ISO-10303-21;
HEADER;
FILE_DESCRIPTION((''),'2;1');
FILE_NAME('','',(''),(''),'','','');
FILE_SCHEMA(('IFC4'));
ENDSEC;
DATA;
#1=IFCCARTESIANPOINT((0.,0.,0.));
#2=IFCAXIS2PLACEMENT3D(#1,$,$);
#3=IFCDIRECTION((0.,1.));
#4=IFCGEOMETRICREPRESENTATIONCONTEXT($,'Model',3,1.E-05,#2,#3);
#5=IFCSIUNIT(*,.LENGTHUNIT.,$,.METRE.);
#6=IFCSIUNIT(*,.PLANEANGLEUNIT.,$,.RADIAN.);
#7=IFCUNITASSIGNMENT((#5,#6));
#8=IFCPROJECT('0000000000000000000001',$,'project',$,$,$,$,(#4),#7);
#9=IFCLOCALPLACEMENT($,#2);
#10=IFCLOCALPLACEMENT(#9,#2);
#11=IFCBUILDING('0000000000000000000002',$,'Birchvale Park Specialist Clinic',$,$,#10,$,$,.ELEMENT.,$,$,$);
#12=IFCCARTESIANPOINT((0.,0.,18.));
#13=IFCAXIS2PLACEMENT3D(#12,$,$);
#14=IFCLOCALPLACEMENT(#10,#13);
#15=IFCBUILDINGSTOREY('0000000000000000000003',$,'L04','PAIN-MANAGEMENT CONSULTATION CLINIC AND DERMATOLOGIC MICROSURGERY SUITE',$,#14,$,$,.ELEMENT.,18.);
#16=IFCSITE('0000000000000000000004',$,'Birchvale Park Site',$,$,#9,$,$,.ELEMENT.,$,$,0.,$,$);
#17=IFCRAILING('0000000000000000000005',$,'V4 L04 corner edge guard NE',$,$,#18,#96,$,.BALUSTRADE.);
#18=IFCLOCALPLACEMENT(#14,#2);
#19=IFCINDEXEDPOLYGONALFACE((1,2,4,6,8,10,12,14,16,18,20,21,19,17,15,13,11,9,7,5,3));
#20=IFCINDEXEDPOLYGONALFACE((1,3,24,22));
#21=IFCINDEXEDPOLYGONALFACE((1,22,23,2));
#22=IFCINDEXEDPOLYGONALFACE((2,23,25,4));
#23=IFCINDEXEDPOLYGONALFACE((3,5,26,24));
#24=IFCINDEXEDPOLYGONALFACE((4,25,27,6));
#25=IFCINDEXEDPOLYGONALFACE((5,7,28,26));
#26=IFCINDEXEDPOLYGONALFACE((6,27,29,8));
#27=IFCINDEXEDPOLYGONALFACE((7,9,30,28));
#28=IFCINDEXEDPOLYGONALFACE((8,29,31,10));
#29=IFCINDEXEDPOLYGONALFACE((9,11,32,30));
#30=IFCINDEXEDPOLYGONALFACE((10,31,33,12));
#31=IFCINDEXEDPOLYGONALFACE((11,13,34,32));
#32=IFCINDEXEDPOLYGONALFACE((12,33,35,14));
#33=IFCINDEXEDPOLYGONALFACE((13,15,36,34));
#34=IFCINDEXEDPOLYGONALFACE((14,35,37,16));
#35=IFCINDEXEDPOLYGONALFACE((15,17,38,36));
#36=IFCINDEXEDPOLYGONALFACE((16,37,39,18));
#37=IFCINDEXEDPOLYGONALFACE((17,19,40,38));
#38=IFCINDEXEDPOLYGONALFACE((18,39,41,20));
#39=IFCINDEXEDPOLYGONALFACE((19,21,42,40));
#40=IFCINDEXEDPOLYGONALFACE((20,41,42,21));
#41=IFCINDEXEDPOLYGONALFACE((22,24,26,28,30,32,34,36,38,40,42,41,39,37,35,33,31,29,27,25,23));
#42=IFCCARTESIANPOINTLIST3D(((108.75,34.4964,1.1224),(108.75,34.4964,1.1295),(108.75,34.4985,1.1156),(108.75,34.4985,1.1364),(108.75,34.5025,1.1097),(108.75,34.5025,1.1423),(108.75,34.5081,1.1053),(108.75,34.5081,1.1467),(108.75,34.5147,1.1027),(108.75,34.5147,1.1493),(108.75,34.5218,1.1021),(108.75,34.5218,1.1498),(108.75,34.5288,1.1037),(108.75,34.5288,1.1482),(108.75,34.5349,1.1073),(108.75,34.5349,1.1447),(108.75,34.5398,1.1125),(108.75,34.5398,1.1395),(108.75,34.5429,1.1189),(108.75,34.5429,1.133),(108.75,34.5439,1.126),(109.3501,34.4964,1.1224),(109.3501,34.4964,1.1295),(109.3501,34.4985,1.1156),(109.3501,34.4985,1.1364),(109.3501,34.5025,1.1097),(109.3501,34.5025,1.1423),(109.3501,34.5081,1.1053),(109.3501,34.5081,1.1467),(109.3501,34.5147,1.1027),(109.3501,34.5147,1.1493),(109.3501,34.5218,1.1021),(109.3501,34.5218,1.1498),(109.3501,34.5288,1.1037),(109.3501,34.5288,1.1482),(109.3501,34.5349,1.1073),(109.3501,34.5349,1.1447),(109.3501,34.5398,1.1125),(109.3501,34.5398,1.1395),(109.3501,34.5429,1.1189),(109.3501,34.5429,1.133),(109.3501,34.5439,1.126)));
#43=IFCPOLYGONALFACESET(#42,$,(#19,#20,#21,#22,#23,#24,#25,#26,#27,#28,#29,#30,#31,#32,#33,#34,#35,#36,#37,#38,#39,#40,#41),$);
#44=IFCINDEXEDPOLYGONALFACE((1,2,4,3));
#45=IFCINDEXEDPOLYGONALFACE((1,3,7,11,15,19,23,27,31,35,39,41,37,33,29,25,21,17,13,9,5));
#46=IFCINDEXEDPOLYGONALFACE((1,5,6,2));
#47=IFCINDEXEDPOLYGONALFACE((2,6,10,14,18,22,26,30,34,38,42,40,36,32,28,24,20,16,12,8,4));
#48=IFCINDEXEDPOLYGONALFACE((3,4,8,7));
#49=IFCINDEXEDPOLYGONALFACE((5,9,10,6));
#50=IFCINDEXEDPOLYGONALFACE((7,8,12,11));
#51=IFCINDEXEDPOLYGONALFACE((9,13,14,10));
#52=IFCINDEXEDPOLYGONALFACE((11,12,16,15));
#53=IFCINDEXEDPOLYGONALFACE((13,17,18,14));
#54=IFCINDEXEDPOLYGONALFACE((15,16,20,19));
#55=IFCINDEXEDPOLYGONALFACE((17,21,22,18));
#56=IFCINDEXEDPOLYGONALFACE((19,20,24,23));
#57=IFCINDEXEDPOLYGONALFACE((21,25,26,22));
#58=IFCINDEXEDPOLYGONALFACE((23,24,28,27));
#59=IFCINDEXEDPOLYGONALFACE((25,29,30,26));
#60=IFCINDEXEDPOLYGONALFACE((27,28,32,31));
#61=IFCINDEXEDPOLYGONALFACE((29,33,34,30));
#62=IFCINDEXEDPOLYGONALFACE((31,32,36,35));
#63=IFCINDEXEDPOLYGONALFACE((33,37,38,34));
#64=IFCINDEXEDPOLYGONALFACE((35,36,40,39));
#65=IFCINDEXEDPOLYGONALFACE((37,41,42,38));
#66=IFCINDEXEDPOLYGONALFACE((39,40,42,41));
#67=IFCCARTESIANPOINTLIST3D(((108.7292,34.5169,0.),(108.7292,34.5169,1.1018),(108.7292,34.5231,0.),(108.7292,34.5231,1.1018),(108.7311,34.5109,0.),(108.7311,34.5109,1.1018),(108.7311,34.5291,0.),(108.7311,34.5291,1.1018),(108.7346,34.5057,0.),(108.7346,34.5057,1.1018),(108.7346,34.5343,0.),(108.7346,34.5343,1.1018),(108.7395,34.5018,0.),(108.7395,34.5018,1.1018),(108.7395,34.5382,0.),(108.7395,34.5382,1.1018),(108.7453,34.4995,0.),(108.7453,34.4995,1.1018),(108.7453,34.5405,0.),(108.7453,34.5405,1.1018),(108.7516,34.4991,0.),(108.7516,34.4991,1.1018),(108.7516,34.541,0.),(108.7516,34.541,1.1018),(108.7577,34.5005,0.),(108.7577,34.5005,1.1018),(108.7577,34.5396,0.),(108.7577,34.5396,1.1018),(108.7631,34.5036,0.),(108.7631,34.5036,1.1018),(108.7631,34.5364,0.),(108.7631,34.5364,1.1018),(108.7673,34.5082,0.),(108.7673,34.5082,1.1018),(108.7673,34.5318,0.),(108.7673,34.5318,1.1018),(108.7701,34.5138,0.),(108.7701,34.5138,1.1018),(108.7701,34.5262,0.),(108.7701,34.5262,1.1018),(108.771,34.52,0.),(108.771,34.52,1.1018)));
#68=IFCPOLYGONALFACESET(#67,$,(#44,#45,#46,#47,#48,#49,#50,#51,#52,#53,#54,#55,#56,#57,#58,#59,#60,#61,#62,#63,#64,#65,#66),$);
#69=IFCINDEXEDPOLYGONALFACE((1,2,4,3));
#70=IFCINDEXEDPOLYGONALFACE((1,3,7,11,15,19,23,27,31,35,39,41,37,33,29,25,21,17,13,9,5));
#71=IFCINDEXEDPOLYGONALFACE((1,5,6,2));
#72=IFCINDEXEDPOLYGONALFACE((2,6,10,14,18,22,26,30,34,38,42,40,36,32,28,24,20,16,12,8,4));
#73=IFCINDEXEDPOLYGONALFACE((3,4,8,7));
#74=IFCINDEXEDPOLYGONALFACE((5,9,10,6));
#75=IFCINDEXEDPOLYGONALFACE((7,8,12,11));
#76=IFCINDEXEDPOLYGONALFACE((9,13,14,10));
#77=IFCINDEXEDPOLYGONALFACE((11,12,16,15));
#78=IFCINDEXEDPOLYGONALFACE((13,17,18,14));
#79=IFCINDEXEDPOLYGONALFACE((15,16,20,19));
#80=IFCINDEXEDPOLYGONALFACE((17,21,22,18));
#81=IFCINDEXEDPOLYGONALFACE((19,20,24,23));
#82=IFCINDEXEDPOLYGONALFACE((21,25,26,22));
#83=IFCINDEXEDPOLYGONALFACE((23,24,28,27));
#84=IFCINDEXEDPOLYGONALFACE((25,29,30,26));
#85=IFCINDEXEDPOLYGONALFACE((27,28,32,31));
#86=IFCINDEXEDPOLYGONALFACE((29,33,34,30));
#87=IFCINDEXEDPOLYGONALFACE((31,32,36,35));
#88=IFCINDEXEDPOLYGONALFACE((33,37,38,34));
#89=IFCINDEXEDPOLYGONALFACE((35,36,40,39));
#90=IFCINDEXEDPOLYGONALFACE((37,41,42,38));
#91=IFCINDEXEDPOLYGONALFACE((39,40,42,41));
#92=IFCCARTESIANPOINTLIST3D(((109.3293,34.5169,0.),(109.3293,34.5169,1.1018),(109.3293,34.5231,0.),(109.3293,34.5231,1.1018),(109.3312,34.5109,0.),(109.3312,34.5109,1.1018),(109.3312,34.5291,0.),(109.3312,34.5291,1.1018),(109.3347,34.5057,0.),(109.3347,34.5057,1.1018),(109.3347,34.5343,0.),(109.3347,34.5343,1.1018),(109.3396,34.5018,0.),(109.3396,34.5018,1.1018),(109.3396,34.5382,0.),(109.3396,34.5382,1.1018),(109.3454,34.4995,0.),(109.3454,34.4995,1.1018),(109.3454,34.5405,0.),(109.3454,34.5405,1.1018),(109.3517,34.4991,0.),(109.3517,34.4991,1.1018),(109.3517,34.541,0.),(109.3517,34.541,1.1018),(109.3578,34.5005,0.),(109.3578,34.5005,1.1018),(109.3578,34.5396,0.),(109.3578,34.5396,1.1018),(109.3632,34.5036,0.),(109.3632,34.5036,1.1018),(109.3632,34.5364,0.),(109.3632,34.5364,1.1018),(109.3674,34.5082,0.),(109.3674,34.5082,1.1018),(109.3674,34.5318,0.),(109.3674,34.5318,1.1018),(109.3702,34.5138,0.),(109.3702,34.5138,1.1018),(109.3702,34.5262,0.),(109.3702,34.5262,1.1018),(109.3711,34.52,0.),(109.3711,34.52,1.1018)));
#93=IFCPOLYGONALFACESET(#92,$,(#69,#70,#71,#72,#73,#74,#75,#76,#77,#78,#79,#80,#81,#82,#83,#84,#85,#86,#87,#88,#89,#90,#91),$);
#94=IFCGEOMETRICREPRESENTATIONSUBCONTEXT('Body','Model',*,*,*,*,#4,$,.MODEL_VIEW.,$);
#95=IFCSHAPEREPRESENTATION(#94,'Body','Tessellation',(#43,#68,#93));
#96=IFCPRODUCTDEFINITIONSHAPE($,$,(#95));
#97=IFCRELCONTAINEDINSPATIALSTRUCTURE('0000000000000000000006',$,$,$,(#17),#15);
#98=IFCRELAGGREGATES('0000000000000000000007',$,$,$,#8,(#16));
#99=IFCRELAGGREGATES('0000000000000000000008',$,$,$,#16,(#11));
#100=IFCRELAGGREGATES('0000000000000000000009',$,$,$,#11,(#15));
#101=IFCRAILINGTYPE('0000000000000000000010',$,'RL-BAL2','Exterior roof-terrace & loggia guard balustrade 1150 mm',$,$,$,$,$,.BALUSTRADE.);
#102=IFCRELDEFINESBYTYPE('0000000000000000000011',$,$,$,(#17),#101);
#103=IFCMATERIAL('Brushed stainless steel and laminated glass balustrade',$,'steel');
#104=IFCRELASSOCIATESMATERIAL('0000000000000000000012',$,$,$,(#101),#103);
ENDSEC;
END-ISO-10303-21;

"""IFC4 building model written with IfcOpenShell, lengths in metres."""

from ifc_helpers import new_model, si_unit, direction, frame, origin, origin_2d, place, context, subcontext, project, spatial, circle, extrude, material, type_object, element, save


model = new_model("IFC4")

# Units and contexts
model_context = context("Model", 3, precision=1e-05, world=origin(), true_north=direction((0.0, 1.0)))
body_context = subcontext(model_context, "Body", "Model", "MODEL_VIEW")
ifc_project = project(units=[si_unit("LENGTHUNIT", "METRE"), si_unit("PLANEANGLEUNIT", "RADIAN")], contexts=[model_context])

# Site, building, storey
site_placement = place(None, origin())
site = spatial("IfcSite", under=ifc_project, at=site_placement, Name="Birchvale Park Site", CompositionType="ELEMENT", RefElevation=0.0)
building_placement = place(site_placement, origin())
building = spatial("IfcBuilding", under=site, at=building_placement, Name="Birchvale Park Specialist Clinic", CompositionType="ELEMENT")
storey_placement = place(building_placement, frame((0.0, 0.0, 18.0)))
storey = spatial("IfcBuildingStorey", under=building, at=storey_placement, Name="L04", Description="PAIN-MANAGEMENT CONSULTATION CLINIC AND DERMATOLOGIC MICROSURGERY SUITE", CompositionType="ELEMENT", Elevation=18.0)

# Railing
ifc_material_1 = material(Name="Brushed stainless steel and laminated glass balustrade", Category="steel")
railing_type = type_object("IfcRailingType", Name="RL-BAL2", Description="Exterior roof-terrace & loggia guard balustrade 1150 mm", PredefinedType="BALUSTRADE", material=ifc_material_1)
railing_placement = place(storey_placement, frame((108.75, 34.52, 0.0)))
element("IfcRailing", 1, at=railing_placement, inside=storey, type_object=railing_type, Name="V4 L04 corner edge guard NE", PredefinedType="BALUSTRADE", context=body_context, shape_type="SweptSolid", body=[
    extrude(circle(Radius=0.0239, at=origin_2d()), frame((0.0, 0.0, 1.126), z_axis=(1.0, 0.0, 0.0), x_axis=(0.0, 1.0, 0.0)), (0.0, 0.0, 1.0), 0.6001),
    extrude(circle(Radius=0.021, at=origin_2d()), origin(), (0.0, 0.0, 1.0), 1.1018),
    extrude(circle(Radius=0.021, at=origin_2d()), frame((0.6001, 0.0, 0.0)), (0.0, 0.0, 1.0), 1.1018),
])

save(model, "model.ifc")
